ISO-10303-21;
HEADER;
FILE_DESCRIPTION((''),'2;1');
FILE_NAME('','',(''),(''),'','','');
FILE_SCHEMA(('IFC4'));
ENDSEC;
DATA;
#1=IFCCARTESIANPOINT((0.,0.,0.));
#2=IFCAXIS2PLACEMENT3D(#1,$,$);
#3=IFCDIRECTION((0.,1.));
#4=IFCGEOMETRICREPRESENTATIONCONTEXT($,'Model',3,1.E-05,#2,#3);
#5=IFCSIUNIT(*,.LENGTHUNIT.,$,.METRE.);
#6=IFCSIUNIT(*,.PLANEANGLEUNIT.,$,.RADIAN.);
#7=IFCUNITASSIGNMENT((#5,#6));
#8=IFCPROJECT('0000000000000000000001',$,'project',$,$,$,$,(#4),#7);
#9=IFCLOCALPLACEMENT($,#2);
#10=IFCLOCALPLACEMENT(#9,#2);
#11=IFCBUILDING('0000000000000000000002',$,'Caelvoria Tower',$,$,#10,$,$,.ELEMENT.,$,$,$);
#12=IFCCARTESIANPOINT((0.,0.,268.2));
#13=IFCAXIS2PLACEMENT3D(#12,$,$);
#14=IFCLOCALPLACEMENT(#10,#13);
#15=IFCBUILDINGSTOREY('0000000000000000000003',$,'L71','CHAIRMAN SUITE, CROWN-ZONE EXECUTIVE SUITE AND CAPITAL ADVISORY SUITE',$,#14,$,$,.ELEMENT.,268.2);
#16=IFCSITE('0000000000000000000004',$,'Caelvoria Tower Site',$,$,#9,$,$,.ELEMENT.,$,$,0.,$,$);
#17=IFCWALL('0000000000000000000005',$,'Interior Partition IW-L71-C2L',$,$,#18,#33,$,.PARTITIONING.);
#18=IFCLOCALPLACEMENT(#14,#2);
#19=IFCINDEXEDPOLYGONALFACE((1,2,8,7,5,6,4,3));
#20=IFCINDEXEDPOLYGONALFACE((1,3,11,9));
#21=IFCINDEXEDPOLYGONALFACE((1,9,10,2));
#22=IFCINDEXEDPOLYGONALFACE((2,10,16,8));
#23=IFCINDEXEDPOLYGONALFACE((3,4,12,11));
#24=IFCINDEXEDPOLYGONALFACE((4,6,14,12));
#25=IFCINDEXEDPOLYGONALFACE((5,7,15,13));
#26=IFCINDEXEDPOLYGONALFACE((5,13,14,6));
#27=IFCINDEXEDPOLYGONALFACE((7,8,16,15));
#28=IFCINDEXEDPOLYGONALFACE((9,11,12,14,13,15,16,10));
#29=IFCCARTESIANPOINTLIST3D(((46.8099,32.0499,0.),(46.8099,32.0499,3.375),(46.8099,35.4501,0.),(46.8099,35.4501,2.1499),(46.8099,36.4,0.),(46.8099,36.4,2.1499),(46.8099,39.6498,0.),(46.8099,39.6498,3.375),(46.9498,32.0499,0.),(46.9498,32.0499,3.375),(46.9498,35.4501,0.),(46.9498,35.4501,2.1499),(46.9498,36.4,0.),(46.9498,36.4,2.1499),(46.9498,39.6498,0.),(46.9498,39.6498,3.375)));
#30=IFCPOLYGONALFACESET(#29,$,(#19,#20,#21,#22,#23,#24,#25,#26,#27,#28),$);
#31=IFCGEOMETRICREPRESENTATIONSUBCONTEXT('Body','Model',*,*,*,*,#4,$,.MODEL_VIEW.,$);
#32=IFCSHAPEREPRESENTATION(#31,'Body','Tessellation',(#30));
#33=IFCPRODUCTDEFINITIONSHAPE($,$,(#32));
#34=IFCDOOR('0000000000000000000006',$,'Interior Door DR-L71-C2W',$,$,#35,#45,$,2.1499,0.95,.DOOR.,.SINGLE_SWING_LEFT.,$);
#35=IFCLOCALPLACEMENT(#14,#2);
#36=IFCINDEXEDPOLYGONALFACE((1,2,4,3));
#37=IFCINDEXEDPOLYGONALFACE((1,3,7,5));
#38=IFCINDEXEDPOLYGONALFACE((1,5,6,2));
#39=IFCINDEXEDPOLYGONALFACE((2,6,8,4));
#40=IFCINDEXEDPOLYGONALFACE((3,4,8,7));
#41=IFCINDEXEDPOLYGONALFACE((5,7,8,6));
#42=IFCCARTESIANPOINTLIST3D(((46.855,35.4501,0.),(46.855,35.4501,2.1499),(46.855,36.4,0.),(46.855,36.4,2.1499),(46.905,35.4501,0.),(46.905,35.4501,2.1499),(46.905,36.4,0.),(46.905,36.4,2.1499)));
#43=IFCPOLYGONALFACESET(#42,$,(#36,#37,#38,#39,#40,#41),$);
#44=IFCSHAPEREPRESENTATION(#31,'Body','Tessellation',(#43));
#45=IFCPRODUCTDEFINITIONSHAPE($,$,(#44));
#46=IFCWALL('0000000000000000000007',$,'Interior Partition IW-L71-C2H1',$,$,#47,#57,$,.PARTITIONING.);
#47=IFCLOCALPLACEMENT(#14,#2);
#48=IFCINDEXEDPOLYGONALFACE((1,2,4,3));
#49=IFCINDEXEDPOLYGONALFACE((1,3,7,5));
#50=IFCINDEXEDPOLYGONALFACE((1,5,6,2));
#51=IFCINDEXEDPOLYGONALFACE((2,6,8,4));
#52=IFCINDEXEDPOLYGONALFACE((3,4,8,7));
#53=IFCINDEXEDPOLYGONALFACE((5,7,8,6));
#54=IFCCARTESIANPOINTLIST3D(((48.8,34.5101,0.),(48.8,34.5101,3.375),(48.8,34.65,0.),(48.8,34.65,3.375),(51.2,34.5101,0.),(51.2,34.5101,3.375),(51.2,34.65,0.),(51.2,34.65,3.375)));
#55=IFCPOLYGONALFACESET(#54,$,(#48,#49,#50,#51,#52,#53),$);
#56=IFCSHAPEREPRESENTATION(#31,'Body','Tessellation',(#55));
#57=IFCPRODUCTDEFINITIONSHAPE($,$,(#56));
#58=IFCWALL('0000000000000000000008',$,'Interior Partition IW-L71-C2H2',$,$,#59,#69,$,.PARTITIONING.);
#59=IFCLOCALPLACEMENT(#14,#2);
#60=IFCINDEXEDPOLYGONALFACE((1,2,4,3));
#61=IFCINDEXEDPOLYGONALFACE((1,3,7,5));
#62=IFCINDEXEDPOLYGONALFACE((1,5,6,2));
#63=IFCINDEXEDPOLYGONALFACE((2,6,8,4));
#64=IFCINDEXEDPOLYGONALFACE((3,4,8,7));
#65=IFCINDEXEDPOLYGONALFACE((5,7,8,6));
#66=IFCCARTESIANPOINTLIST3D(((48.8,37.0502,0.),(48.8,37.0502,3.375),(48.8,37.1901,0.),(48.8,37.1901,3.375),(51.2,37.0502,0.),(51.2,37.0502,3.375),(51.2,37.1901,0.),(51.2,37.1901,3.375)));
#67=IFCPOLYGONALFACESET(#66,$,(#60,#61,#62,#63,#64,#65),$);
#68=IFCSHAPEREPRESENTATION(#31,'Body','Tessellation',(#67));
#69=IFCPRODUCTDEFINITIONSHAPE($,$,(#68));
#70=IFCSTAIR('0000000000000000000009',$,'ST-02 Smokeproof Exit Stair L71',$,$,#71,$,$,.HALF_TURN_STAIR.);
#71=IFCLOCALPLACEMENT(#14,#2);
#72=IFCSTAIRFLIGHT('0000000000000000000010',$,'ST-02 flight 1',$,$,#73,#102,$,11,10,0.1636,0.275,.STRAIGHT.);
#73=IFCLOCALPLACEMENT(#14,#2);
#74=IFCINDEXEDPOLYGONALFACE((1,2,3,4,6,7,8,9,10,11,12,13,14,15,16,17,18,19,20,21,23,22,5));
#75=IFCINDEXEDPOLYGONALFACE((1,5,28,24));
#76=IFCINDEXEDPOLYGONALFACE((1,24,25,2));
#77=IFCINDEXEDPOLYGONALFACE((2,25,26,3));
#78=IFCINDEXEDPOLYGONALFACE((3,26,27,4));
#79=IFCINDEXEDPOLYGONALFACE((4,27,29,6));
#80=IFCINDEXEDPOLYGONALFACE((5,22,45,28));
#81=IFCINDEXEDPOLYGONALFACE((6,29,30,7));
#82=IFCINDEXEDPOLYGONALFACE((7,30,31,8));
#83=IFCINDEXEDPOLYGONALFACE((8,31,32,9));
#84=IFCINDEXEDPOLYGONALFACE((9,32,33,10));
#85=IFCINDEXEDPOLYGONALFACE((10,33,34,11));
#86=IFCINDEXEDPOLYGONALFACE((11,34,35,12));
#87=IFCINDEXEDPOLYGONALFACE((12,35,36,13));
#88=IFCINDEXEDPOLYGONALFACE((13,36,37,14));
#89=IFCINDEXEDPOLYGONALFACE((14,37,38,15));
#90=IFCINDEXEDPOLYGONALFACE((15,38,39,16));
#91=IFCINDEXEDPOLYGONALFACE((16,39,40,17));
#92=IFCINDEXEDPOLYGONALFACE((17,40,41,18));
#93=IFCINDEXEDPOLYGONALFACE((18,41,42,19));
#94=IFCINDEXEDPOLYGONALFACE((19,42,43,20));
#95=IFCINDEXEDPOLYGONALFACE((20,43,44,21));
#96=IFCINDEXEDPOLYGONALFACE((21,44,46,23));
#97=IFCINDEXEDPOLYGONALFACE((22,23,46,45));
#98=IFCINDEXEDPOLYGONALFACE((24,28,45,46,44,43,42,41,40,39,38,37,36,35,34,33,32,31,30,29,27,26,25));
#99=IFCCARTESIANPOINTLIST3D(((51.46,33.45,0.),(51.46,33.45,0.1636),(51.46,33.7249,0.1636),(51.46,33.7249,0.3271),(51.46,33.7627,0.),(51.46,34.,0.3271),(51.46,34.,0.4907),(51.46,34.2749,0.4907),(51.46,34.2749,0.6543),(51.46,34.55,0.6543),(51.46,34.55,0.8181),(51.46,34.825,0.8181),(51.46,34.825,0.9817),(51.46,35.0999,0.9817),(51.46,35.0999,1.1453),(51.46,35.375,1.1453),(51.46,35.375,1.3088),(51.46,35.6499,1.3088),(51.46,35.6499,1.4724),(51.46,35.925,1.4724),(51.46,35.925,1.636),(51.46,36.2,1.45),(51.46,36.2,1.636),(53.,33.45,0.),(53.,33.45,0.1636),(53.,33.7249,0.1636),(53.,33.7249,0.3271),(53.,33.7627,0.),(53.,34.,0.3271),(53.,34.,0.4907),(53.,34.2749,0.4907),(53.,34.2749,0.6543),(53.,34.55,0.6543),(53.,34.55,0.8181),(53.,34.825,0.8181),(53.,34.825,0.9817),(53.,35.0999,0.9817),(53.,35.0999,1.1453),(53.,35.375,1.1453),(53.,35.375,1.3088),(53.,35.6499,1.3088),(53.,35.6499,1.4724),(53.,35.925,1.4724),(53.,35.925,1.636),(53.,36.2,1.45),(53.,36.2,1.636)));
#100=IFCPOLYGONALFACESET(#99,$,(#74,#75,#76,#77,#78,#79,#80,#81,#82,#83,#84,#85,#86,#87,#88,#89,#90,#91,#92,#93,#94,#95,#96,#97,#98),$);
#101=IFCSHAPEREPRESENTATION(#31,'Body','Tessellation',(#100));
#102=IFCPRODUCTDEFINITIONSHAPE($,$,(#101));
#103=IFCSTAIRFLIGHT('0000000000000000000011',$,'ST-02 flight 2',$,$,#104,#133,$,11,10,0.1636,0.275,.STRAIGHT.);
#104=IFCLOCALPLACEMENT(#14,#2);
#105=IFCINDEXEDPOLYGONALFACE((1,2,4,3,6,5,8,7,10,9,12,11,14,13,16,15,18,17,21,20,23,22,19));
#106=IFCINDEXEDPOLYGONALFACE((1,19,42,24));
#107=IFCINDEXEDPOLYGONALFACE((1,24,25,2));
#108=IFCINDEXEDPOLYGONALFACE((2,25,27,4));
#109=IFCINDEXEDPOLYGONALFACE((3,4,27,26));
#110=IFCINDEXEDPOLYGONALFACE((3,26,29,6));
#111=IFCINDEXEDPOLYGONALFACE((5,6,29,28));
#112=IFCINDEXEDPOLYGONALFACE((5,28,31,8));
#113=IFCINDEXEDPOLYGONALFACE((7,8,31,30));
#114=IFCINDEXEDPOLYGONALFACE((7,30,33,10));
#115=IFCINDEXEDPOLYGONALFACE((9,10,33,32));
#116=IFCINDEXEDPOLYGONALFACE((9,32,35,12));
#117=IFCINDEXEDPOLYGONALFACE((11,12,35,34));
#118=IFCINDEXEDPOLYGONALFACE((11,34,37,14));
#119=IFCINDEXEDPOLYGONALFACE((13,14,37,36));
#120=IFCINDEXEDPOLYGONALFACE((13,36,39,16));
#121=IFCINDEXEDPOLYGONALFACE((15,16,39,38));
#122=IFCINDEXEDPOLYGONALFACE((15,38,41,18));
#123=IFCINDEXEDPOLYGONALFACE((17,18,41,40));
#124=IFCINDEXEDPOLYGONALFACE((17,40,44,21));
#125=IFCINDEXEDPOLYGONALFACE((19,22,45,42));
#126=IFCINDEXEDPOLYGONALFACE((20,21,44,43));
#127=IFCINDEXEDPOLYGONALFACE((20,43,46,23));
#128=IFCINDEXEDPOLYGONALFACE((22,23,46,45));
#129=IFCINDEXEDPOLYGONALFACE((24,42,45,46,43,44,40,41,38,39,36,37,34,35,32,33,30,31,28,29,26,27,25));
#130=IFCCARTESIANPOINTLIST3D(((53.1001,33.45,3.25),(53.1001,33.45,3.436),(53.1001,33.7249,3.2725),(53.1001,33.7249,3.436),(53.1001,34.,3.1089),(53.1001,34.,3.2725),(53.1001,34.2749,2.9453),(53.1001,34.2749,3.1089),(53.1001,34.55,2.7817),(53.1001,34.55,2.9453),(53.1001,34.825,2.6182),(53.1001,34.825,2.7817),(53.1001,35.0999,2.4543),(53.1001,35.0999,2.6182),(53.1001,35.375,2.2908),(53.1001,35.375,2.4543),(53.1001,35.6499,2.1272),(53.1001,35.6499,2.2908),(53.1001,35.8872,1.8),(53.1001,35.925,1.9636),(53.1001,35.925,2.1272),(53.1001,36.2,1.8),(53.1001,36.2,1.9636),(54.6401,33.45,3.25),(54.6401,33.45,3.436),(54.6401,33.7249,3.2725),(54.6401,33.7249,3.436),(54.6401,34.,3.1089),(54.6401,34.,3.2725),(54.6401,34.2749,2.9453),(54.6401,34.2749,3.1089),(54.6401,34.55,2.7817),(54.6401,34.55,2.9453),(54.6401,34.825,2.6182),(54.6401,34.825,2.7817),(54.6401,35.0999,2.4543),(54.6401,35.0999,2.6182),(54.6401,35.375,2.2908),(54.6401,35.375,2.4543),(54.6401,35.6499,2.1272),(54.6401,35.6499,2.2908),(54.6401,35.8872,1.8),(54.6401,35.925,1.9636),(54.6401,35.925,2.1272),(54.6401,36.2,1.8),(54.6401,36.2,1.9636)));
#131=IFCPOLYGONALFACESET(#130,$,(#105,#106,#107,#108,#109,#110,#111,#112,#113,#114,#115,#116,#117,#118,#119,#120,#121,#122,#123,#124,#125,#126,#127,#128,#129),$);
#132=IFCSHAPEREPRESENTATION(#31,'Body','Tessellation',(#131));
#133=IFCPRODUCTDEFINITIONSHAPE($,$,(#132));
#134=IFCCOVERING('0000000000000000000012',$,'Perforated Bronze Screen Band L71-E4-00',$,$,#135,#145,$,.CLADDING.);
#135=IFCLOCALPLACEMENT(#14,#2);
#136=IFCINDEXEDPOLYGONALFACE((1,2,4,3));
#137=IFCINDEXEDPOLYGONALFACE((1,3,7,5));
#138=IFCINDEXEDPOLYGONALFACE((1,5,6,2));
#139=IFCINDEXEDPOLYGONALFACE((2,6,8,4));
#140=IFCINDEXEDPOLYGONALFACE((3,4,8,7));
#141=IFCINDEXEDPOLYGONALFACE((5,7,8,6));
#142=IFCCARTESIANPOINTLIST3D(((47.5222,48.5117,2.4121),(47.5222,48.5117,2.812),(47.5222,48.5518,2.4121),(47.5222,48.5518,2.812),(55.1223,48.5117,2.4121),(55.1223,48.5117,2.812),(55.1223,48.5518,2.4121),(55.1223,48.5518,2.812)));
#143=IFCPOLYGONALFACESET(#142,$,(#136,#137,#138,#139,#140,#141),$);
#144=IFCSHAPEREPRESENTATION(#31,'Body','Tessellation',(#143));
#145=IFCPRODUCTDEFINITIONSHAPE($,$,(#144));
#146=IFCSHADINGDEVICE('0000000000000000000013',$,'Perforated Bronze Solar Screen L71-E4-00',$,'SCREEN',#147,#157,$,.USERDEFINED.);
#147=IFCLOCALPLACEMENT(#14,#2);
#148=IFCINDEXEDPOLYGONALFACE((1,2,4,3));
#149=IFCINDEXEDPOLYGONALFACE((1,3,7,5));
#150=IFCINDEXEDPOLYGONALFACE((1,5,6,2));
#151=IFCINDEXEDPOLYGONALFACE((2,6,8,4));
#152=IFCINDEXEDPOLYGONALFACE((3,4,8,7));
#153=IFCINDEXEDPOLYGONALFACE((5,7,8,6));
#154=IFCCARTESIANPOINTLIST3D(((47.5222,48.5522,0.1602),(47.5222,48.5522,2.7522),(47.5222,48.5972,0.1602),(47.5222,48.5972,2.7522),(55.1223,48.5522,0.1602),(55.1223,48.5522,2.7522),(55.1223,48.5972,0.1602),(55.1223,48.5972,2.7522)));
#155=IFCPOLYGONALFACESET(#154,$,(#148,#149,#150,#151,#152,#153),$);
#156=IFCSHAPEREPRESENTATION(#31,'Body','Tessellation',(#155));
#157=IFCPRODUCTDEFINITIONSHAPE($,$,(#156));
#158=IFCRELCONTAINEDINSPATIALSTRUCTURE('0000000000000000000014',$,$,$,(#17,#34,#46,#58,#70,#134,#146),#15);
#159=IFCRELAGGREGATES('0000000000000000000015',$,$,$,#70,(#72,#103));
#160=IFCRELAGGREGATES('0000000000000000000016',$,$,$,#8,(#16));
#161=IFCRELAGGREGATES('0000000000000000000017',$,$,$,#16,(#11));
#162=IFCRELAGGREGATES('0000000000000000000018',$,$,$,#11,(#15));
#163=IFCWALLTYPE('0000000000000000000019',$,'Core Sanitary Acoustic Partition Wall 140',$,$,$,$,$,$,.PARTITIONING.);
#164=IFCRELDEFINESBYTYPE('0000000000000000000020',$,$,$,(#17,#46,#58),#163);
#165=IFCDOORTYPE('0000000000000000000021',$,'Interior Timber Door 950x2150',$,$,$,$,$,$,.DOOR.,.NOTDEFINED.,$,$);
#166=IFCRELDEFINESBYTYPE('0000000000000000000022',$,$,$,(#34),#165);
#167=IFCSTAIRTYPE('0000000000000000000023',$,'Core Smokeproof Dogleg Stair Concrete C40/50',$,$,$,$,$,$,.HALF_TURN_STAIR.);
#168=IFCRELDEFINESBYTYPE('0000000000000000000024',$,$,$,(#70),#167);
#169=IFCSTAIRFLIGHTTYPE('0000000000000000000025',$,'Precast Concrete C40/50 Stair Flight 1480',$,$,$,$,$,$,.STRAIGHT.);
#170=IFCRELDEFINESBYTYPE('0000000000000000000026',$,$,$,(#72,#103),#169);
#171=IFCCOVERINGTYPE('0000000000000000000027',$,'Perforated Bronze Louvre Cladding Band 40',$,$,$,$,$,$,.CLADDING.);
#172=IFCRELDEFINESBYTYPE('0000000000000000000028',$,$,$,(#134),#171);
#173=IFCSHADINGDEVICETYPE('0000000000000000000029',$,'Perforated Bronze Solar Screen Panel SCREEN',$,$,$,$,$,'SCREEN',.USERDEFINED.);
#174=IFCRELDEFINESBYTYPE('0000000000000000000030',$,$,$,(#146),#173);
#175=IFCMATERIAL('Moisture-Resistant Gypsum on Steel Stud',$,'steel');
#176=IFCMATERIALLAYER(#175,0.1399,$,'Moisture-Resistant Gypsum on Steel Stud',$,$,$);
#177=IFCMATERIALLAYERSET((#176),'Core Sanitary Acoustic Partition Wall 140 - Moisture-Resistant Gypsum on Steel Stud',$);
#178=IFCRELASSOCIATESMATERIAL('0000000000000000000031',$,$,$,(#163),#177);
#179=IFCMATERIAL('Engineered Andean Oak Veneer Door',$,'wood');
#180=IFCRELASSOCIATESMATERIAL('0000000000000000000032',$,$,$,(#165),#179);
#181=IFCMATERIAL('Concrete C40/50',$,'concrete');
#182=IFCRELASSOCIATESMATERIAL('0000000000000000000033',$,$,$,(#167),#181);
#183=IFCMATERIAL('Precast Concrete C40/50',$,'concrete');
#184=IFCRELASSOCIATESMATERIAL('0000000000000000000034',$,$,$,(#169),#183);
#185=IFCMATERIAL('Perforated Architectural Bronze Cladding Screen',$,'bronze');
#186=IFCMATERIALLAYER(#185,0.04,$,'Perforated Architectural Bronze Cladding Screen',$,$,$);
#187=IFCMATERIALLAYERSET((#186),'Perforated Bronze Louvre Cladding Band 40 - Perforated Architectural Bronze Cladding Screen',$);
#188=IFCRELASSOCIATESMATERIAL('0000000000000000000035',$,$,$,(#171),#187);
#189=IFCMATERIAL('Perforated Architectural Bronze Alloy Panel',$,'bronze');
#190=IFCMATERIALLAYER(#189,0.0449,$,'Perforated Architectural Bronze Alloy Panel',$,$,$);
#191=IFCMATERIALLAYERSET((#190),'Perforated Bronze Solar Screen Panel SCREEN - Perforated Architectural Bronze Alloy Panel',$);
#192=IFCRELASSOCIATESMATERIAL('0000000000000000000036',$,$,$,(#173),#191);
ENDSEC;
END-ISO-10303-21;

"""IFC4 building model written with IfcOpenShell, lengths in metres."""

from ifc_helpers import new_model, si_unit, direction, frame, frame_2d, origin, origin_2d, place, context, subcontext, project, spatial, polyline, rectangle, outline, extrude, material, layer, layer_set, type_object, element, fill, aggregate, save


model = new_model("IFC4")

# Units and contexts
model_context = context("Model", 3, precision=1e-05, world=origin(), true_north=direction((0.0, 1.0)))
body_context = subcontext(model_context, "Body", "Model", "MODEL_VIEW")
ifc_project = project(units=[si_unit("LENGTHUNIT", "METRE"), si_unit("PLANEANGLEUNIT", "RADIAN")], contexts=[model_context])

# Site, building, storey
site_placement = place(None, origin())
site = spatial("IfcSite", under=ifc_project, at=site_placement, Name="Caelvoria Tower Site", CompositionType="ELEMENT", RefElevation=0.0)
building_placement = place(site_placement, origin())
building = spatial("IfcBuilding", under=site, at=building_placement, Name="Caelvoria Tower", CompositionType="ELEMENT")
storey_placement = place(building_placement, frame((0.0, 0.0, 268.2)))
storey = spatial("IfcBuildingStorey", under=building, at=storey_placement, Name="L71", Description="CHAIRMAN SUITE, CROWN-ZONE EXECUTIVE SUITE AND CAPITAL ADVISORY SUITE", CompositionType="ELEMENT", Elevation=268.2)

# Wall, opening, door
ifc_material_1 = material(Name="Moisture-Resistant Gypsum on Steel Stud", Category="steel")
ifc_layer_1 = layer(ifc_material_1, 0.1399, Name="Moisture-Resistant Gypsum on Steel Stud")
ifc_layer_set_1 = layer_set([ifc_layer_1], Name="Core Sanitary Acoustic Partition Wall 140 - Moisture-Resistant Gypsum on Steel Stud")
wall_type = type_object("IfcWallType", Name="Core Sanitary Acoustic Partition Wall 140", PredefinedType="PARTITIONING", material=ifc_layer_set_1)
wall_1_placement = place(storey_placement, frame((46.8799, 32.05, 0.0), z_axis=(0.0, 0.0, 1.0), x_axis=(0.0, 1.0, 0.0)))
wall_1 = element("IfcWall", 1, at=wall_1_placement, inside=storey, type_object=wall_type, Name="Interior Partition IW-L71-C2L", PredefinedType="PARTITIONING", context=body_context, shape_type="SweptSolid", body=[
    extrude(rectangle(XDim=7.5999, YDim=0.1399, at=frame_2d((3.7998, 0.0))), origin(), (0.0, 0.0, 1.0), 3.375),
])
opening_1_placement = place(wall_1_placement, frame((3.3999, 0.0, 0.0)))
opening_1 = element("IfcOpeningElement", 2, at=opening_1_placement, cuts=wall_1, PredefinedType="OPENING", context=body_context, shape_type="SweptSolid", body=[
    extrude(rectangle(XDim=0.95, YDim=2.1499, at=frame_2d((0.4751, 1.075))), frame((0.0, 0.0798, 0.0), z_axis=(0.0, -1.0, 0.0), x_axis=(1.0, 0.0, 0.0)), (0.0, 0.0, 1.0), 0.1599),
])
ifc_material_2 = material(Name="Engineered Andean Oak Veneer Door", Category="wood")
door_type_1 = type_object("IfcDoorType", Name="Interior Timber Door 950x2150", OperationType="NOTDEFINED", PredefinedType="DOOR", material=ifc_material_2)
door_1_placement = place(opening_1_placement, origin())
door_1 = element("IfcDoor", 3, at=door_1_placement, inside=storey, type_object=door_type_1, Name="Interior Door DR-L71-C2W", OperationType="SINGLE_SWING_LEFT", OverallHeight=2.1499, OverallWidth=0.95, PredefinedType="DOOR", context=body_context, shape_type="SweptSolid", body=[
    extrude(rectangle(XDim=0.95, YDim=2.1499, at=frame_2d((0.4751, 1.075))), frame((0.0, 0.0249, 0.0), z_axis=(0.0, -1.0, 0.0), x_axis=(1.0, 0.0, 0.0)), (0.0, 0.0, 1.0), 0.05),
])
fill(opening_1, door_1)

# Walls
for number, where, z_axis, x_axis, name in (
    (4, (48.8, 34.5801, 0.0), (0.0, 0.0, 1.0), (1.0, 0.0, 0.0), "Interior Partition IW-L71-C2H1"),
    (5, (48.8, 37.1201, 0.0), (0.0, 0.0, 1.0), (1.0, 0.0, 0.0), "Interior Partition IW-L71-C2H2"),
):
    element("IfcWall", number, at=place(storey_placement, frame(where, z_axis=z_axis, x_axis=x_axis)), inside=storey, type_object=wall_type, Name=name, PredefinedType="PARTITIONING", context=body_context, shape_type="SweptSolid", body=[
        extrude(rectangle(XDim=2.3999, YDim=0.1399, at=frame_2d((1.2, 0.0))), origin(), (0.0, 0.0, 1.0), 3.375),
    ])

# Stair, stair flights
ifc_material_3 = material(Name="Concrete C40/50", Category="concrete")
stair_type = type_object("IfcStairType", Name="Core Smokeproof Dogleg Stair Concrete C40/50", PredefinedType="HALF_TURN_STAIR", material=ifc_material_3)
stair_placement = place(storey_placement, origin())
stair = element("IfcStair", 6, at=stair_placement, inside=storey, type_object=stair_type, Name="ST-02 Smokeproof Exit Stair L71", PredefinedType="HALF_TURN_STAIR")
ifc_material_4 = material(Name="Precast Concrete C40/50", Category="concrete")
stair_flight_type = type_object("IfcStairFlightType", Name="Precast Concrete C40/50 Stair Flight 1480", PredefinedType="STRAIGHT", material=ifc_material_4)
stair_flight_1_placement = place(storey_placement, frame((52.23, 33.45, 0.0), z_axis=(0.0, 0.0, 1.0), x_axis=(0.0, 1.0, 0.0)))
stair_flight_1 = element("IfcStairFlight", 7, at=stair_flight_1_placement, type_object=stair_flight_type, Name="ST-02 flight 1", NumberOfRisers=11, NumberOfTreads=10, PredefinedType="STRAIGHT", RiserHeight=0.1636, TreadLength=0.275, context=body_context, shape_type="SweptSolid", body=[
    extrude(outline(polyline([(0.0, 0.0), (0.0, 0.1636), (0.2749, 0.1636), (0.2749, 0.3271), (0.55, 0.3271), (0.55, 0.4907), (0.825, 0.4907), (0.825, 0.6543), (1.1001, 0.6543), (1.1001, 0.8181), (1.375, 0.8181), (1.375, 0.9817), (1.6499, 0.9817), (1.6499, 1.1453), (1.925, 1.1453), (1.925, 1.3088), (2.2, 1.3088), (2.2, 1.4724), (2.4751, 1.4724), (2.4751, 1.636), (2.75, 1.636), (2.75, 1.7996), (2.75, 1.45), (0.3127, 0.0), (0.0, 0.0)])), frame((0.0, 0.77, 0.0), z_axis=(0.0, -1.0, 0.0), x_axis=(1.0, 0.0, 0.0)), (0.0, 0.0, 1.0), 1.54),
])
stair_flight_2_placement = place(storey_placement, frame((53.8701, 36.2, 1.8), z_axis=(0.0, 0.0, 1.0), x_axis=(0.0, -1.0, 0.0)))
stair_flight_2 = element("IfcStairFlight", 8, at=stair_flight_2_placement, type_object=stair_flight_type, Name="ST-02 flight 2", NumberOfRisers=11, NumberOfTreads=10, PredefinedType="STRAIGHT", RiserHeight=0.1636, TreadLength=0.275, context=body_context, shape_type="SweptSolid", body=[
    extrude(outline(polyline([(0.0, 0.0), (0.0, 0.1636), (0.2749, 0.1636), (0.2749, 0.3271), (0.55, 0.3271), (0.55, 0.4907), (0.825, 0.4907), (0.825, 0.6543), (1.1001, 0.6543), (1.1001, 0.8181), (1.375, 0.8181), (1.375, 0.9817), (1.6499, 0.9817), (1.6499, 1.1453), (1.925, 1.1453), (1.925, 1.3088), (2.2, 1.3088), (2.2, 1.4724), (2.4751, 1.4724), (2.4751, 1.636), (2.75, 1.636), (2.75, 1.7996), (2.75, 1.45), (0.3127, 0.0), (0.0, 0.0)])), frame((0.0, 0.77, 0.0), z_axis=(0.0, -1.0, 0.0), x_axis=(1.0, 0.0, 0.0)), (0.0, 0.0, 1.0), 1.54),
])
aggregate(stair, [stair_flight_1, stair_flight_2])

# Covering
ifc_material_5 = material(Name="Perforated Architectural Bronze Cladding Screen", Category="bronze")
ifc_layer_2 = layer(ifc_material_5, 0.04, Name="Perforated Architectural Bronze Cladding Screen")
ifc_layer_set_2 = layer_set([ifc_layer_2], Name="Perforated Bronze Louvre Cladding Band 40 - Perforated Architectural Bronze Cladding Screen")
covering_type = type_object("IfcCoveringType", Name="Perforated Bronze Louvre Cladding Band 40", PredefinedType="CLADDING", material=ifc_layer_set_2)
covering_placement = place(storey_placement, frame((51.3223, 48.5317, 2.4121), z_axis=(0.0, 0.0, 1.0), x_axis=(-1.0, 0.0, 0.0)))
element("IfcCovering", 9, at=covering_placement, inside=storey, type_object=covering_type, Name="Perforated Bronze Screen Band L71-E4-00", PredefinedType="CLADDING", context=body_context, shape_type="SweptSolid", body=[
    extrude(rectangle(XDim=7.6001, YDim=0.04, at=origin_2d()), origin(), (0.0, 0.0, 1.0), 0.3999),
])

# Shading device
ifc_material_6 = material(Name="Perforated Architectural Bronze Alloy Panel", Category="bronze")
ifc_layer_3 = layer(ifc_material_6, 0.0449, Name="Perforated Architectural Bronze Alloy Panel")
ifc_layer_set_3 = layer_set([ifc_layer_3], Name="Perforated Bronze Solar Screen Panel SCREEN - Perforated Architectural Bronze Alloy Panel")
shading_device_type = type_object("IfcShadingDeviceType", Name="Perforated Bronze Solar Screen Panel SCREEN", ElementType="SCREEN", PredefinedType="USERDEFINED", material=ifc_layer_set_3)
shading_device_placement = place(storey_placement, frame((51.3223, 48.5747, 0.1602), z_axis=(0.0, 0.0, 1.0), x_axis=(-1.0, 0.0, 0.0)))
element("IfcShadingDevice", 10, at=shading_device_placement, inside=storey, type_object=shading_device_type, Name="Perforated Bronze Solar Screen L71-E4-00", ObjectType="SCREEN", PredefinedType="USERDEFINED", context=body_context, shape_type="SweptSolid", body=[
    extrude(rectangle(XDim=7.6001, YDim=0.0449, at=origin_2d()), origin(), (0.0, 0.0, 1.0), 2.592),
])

save(model, "model.ifc")
